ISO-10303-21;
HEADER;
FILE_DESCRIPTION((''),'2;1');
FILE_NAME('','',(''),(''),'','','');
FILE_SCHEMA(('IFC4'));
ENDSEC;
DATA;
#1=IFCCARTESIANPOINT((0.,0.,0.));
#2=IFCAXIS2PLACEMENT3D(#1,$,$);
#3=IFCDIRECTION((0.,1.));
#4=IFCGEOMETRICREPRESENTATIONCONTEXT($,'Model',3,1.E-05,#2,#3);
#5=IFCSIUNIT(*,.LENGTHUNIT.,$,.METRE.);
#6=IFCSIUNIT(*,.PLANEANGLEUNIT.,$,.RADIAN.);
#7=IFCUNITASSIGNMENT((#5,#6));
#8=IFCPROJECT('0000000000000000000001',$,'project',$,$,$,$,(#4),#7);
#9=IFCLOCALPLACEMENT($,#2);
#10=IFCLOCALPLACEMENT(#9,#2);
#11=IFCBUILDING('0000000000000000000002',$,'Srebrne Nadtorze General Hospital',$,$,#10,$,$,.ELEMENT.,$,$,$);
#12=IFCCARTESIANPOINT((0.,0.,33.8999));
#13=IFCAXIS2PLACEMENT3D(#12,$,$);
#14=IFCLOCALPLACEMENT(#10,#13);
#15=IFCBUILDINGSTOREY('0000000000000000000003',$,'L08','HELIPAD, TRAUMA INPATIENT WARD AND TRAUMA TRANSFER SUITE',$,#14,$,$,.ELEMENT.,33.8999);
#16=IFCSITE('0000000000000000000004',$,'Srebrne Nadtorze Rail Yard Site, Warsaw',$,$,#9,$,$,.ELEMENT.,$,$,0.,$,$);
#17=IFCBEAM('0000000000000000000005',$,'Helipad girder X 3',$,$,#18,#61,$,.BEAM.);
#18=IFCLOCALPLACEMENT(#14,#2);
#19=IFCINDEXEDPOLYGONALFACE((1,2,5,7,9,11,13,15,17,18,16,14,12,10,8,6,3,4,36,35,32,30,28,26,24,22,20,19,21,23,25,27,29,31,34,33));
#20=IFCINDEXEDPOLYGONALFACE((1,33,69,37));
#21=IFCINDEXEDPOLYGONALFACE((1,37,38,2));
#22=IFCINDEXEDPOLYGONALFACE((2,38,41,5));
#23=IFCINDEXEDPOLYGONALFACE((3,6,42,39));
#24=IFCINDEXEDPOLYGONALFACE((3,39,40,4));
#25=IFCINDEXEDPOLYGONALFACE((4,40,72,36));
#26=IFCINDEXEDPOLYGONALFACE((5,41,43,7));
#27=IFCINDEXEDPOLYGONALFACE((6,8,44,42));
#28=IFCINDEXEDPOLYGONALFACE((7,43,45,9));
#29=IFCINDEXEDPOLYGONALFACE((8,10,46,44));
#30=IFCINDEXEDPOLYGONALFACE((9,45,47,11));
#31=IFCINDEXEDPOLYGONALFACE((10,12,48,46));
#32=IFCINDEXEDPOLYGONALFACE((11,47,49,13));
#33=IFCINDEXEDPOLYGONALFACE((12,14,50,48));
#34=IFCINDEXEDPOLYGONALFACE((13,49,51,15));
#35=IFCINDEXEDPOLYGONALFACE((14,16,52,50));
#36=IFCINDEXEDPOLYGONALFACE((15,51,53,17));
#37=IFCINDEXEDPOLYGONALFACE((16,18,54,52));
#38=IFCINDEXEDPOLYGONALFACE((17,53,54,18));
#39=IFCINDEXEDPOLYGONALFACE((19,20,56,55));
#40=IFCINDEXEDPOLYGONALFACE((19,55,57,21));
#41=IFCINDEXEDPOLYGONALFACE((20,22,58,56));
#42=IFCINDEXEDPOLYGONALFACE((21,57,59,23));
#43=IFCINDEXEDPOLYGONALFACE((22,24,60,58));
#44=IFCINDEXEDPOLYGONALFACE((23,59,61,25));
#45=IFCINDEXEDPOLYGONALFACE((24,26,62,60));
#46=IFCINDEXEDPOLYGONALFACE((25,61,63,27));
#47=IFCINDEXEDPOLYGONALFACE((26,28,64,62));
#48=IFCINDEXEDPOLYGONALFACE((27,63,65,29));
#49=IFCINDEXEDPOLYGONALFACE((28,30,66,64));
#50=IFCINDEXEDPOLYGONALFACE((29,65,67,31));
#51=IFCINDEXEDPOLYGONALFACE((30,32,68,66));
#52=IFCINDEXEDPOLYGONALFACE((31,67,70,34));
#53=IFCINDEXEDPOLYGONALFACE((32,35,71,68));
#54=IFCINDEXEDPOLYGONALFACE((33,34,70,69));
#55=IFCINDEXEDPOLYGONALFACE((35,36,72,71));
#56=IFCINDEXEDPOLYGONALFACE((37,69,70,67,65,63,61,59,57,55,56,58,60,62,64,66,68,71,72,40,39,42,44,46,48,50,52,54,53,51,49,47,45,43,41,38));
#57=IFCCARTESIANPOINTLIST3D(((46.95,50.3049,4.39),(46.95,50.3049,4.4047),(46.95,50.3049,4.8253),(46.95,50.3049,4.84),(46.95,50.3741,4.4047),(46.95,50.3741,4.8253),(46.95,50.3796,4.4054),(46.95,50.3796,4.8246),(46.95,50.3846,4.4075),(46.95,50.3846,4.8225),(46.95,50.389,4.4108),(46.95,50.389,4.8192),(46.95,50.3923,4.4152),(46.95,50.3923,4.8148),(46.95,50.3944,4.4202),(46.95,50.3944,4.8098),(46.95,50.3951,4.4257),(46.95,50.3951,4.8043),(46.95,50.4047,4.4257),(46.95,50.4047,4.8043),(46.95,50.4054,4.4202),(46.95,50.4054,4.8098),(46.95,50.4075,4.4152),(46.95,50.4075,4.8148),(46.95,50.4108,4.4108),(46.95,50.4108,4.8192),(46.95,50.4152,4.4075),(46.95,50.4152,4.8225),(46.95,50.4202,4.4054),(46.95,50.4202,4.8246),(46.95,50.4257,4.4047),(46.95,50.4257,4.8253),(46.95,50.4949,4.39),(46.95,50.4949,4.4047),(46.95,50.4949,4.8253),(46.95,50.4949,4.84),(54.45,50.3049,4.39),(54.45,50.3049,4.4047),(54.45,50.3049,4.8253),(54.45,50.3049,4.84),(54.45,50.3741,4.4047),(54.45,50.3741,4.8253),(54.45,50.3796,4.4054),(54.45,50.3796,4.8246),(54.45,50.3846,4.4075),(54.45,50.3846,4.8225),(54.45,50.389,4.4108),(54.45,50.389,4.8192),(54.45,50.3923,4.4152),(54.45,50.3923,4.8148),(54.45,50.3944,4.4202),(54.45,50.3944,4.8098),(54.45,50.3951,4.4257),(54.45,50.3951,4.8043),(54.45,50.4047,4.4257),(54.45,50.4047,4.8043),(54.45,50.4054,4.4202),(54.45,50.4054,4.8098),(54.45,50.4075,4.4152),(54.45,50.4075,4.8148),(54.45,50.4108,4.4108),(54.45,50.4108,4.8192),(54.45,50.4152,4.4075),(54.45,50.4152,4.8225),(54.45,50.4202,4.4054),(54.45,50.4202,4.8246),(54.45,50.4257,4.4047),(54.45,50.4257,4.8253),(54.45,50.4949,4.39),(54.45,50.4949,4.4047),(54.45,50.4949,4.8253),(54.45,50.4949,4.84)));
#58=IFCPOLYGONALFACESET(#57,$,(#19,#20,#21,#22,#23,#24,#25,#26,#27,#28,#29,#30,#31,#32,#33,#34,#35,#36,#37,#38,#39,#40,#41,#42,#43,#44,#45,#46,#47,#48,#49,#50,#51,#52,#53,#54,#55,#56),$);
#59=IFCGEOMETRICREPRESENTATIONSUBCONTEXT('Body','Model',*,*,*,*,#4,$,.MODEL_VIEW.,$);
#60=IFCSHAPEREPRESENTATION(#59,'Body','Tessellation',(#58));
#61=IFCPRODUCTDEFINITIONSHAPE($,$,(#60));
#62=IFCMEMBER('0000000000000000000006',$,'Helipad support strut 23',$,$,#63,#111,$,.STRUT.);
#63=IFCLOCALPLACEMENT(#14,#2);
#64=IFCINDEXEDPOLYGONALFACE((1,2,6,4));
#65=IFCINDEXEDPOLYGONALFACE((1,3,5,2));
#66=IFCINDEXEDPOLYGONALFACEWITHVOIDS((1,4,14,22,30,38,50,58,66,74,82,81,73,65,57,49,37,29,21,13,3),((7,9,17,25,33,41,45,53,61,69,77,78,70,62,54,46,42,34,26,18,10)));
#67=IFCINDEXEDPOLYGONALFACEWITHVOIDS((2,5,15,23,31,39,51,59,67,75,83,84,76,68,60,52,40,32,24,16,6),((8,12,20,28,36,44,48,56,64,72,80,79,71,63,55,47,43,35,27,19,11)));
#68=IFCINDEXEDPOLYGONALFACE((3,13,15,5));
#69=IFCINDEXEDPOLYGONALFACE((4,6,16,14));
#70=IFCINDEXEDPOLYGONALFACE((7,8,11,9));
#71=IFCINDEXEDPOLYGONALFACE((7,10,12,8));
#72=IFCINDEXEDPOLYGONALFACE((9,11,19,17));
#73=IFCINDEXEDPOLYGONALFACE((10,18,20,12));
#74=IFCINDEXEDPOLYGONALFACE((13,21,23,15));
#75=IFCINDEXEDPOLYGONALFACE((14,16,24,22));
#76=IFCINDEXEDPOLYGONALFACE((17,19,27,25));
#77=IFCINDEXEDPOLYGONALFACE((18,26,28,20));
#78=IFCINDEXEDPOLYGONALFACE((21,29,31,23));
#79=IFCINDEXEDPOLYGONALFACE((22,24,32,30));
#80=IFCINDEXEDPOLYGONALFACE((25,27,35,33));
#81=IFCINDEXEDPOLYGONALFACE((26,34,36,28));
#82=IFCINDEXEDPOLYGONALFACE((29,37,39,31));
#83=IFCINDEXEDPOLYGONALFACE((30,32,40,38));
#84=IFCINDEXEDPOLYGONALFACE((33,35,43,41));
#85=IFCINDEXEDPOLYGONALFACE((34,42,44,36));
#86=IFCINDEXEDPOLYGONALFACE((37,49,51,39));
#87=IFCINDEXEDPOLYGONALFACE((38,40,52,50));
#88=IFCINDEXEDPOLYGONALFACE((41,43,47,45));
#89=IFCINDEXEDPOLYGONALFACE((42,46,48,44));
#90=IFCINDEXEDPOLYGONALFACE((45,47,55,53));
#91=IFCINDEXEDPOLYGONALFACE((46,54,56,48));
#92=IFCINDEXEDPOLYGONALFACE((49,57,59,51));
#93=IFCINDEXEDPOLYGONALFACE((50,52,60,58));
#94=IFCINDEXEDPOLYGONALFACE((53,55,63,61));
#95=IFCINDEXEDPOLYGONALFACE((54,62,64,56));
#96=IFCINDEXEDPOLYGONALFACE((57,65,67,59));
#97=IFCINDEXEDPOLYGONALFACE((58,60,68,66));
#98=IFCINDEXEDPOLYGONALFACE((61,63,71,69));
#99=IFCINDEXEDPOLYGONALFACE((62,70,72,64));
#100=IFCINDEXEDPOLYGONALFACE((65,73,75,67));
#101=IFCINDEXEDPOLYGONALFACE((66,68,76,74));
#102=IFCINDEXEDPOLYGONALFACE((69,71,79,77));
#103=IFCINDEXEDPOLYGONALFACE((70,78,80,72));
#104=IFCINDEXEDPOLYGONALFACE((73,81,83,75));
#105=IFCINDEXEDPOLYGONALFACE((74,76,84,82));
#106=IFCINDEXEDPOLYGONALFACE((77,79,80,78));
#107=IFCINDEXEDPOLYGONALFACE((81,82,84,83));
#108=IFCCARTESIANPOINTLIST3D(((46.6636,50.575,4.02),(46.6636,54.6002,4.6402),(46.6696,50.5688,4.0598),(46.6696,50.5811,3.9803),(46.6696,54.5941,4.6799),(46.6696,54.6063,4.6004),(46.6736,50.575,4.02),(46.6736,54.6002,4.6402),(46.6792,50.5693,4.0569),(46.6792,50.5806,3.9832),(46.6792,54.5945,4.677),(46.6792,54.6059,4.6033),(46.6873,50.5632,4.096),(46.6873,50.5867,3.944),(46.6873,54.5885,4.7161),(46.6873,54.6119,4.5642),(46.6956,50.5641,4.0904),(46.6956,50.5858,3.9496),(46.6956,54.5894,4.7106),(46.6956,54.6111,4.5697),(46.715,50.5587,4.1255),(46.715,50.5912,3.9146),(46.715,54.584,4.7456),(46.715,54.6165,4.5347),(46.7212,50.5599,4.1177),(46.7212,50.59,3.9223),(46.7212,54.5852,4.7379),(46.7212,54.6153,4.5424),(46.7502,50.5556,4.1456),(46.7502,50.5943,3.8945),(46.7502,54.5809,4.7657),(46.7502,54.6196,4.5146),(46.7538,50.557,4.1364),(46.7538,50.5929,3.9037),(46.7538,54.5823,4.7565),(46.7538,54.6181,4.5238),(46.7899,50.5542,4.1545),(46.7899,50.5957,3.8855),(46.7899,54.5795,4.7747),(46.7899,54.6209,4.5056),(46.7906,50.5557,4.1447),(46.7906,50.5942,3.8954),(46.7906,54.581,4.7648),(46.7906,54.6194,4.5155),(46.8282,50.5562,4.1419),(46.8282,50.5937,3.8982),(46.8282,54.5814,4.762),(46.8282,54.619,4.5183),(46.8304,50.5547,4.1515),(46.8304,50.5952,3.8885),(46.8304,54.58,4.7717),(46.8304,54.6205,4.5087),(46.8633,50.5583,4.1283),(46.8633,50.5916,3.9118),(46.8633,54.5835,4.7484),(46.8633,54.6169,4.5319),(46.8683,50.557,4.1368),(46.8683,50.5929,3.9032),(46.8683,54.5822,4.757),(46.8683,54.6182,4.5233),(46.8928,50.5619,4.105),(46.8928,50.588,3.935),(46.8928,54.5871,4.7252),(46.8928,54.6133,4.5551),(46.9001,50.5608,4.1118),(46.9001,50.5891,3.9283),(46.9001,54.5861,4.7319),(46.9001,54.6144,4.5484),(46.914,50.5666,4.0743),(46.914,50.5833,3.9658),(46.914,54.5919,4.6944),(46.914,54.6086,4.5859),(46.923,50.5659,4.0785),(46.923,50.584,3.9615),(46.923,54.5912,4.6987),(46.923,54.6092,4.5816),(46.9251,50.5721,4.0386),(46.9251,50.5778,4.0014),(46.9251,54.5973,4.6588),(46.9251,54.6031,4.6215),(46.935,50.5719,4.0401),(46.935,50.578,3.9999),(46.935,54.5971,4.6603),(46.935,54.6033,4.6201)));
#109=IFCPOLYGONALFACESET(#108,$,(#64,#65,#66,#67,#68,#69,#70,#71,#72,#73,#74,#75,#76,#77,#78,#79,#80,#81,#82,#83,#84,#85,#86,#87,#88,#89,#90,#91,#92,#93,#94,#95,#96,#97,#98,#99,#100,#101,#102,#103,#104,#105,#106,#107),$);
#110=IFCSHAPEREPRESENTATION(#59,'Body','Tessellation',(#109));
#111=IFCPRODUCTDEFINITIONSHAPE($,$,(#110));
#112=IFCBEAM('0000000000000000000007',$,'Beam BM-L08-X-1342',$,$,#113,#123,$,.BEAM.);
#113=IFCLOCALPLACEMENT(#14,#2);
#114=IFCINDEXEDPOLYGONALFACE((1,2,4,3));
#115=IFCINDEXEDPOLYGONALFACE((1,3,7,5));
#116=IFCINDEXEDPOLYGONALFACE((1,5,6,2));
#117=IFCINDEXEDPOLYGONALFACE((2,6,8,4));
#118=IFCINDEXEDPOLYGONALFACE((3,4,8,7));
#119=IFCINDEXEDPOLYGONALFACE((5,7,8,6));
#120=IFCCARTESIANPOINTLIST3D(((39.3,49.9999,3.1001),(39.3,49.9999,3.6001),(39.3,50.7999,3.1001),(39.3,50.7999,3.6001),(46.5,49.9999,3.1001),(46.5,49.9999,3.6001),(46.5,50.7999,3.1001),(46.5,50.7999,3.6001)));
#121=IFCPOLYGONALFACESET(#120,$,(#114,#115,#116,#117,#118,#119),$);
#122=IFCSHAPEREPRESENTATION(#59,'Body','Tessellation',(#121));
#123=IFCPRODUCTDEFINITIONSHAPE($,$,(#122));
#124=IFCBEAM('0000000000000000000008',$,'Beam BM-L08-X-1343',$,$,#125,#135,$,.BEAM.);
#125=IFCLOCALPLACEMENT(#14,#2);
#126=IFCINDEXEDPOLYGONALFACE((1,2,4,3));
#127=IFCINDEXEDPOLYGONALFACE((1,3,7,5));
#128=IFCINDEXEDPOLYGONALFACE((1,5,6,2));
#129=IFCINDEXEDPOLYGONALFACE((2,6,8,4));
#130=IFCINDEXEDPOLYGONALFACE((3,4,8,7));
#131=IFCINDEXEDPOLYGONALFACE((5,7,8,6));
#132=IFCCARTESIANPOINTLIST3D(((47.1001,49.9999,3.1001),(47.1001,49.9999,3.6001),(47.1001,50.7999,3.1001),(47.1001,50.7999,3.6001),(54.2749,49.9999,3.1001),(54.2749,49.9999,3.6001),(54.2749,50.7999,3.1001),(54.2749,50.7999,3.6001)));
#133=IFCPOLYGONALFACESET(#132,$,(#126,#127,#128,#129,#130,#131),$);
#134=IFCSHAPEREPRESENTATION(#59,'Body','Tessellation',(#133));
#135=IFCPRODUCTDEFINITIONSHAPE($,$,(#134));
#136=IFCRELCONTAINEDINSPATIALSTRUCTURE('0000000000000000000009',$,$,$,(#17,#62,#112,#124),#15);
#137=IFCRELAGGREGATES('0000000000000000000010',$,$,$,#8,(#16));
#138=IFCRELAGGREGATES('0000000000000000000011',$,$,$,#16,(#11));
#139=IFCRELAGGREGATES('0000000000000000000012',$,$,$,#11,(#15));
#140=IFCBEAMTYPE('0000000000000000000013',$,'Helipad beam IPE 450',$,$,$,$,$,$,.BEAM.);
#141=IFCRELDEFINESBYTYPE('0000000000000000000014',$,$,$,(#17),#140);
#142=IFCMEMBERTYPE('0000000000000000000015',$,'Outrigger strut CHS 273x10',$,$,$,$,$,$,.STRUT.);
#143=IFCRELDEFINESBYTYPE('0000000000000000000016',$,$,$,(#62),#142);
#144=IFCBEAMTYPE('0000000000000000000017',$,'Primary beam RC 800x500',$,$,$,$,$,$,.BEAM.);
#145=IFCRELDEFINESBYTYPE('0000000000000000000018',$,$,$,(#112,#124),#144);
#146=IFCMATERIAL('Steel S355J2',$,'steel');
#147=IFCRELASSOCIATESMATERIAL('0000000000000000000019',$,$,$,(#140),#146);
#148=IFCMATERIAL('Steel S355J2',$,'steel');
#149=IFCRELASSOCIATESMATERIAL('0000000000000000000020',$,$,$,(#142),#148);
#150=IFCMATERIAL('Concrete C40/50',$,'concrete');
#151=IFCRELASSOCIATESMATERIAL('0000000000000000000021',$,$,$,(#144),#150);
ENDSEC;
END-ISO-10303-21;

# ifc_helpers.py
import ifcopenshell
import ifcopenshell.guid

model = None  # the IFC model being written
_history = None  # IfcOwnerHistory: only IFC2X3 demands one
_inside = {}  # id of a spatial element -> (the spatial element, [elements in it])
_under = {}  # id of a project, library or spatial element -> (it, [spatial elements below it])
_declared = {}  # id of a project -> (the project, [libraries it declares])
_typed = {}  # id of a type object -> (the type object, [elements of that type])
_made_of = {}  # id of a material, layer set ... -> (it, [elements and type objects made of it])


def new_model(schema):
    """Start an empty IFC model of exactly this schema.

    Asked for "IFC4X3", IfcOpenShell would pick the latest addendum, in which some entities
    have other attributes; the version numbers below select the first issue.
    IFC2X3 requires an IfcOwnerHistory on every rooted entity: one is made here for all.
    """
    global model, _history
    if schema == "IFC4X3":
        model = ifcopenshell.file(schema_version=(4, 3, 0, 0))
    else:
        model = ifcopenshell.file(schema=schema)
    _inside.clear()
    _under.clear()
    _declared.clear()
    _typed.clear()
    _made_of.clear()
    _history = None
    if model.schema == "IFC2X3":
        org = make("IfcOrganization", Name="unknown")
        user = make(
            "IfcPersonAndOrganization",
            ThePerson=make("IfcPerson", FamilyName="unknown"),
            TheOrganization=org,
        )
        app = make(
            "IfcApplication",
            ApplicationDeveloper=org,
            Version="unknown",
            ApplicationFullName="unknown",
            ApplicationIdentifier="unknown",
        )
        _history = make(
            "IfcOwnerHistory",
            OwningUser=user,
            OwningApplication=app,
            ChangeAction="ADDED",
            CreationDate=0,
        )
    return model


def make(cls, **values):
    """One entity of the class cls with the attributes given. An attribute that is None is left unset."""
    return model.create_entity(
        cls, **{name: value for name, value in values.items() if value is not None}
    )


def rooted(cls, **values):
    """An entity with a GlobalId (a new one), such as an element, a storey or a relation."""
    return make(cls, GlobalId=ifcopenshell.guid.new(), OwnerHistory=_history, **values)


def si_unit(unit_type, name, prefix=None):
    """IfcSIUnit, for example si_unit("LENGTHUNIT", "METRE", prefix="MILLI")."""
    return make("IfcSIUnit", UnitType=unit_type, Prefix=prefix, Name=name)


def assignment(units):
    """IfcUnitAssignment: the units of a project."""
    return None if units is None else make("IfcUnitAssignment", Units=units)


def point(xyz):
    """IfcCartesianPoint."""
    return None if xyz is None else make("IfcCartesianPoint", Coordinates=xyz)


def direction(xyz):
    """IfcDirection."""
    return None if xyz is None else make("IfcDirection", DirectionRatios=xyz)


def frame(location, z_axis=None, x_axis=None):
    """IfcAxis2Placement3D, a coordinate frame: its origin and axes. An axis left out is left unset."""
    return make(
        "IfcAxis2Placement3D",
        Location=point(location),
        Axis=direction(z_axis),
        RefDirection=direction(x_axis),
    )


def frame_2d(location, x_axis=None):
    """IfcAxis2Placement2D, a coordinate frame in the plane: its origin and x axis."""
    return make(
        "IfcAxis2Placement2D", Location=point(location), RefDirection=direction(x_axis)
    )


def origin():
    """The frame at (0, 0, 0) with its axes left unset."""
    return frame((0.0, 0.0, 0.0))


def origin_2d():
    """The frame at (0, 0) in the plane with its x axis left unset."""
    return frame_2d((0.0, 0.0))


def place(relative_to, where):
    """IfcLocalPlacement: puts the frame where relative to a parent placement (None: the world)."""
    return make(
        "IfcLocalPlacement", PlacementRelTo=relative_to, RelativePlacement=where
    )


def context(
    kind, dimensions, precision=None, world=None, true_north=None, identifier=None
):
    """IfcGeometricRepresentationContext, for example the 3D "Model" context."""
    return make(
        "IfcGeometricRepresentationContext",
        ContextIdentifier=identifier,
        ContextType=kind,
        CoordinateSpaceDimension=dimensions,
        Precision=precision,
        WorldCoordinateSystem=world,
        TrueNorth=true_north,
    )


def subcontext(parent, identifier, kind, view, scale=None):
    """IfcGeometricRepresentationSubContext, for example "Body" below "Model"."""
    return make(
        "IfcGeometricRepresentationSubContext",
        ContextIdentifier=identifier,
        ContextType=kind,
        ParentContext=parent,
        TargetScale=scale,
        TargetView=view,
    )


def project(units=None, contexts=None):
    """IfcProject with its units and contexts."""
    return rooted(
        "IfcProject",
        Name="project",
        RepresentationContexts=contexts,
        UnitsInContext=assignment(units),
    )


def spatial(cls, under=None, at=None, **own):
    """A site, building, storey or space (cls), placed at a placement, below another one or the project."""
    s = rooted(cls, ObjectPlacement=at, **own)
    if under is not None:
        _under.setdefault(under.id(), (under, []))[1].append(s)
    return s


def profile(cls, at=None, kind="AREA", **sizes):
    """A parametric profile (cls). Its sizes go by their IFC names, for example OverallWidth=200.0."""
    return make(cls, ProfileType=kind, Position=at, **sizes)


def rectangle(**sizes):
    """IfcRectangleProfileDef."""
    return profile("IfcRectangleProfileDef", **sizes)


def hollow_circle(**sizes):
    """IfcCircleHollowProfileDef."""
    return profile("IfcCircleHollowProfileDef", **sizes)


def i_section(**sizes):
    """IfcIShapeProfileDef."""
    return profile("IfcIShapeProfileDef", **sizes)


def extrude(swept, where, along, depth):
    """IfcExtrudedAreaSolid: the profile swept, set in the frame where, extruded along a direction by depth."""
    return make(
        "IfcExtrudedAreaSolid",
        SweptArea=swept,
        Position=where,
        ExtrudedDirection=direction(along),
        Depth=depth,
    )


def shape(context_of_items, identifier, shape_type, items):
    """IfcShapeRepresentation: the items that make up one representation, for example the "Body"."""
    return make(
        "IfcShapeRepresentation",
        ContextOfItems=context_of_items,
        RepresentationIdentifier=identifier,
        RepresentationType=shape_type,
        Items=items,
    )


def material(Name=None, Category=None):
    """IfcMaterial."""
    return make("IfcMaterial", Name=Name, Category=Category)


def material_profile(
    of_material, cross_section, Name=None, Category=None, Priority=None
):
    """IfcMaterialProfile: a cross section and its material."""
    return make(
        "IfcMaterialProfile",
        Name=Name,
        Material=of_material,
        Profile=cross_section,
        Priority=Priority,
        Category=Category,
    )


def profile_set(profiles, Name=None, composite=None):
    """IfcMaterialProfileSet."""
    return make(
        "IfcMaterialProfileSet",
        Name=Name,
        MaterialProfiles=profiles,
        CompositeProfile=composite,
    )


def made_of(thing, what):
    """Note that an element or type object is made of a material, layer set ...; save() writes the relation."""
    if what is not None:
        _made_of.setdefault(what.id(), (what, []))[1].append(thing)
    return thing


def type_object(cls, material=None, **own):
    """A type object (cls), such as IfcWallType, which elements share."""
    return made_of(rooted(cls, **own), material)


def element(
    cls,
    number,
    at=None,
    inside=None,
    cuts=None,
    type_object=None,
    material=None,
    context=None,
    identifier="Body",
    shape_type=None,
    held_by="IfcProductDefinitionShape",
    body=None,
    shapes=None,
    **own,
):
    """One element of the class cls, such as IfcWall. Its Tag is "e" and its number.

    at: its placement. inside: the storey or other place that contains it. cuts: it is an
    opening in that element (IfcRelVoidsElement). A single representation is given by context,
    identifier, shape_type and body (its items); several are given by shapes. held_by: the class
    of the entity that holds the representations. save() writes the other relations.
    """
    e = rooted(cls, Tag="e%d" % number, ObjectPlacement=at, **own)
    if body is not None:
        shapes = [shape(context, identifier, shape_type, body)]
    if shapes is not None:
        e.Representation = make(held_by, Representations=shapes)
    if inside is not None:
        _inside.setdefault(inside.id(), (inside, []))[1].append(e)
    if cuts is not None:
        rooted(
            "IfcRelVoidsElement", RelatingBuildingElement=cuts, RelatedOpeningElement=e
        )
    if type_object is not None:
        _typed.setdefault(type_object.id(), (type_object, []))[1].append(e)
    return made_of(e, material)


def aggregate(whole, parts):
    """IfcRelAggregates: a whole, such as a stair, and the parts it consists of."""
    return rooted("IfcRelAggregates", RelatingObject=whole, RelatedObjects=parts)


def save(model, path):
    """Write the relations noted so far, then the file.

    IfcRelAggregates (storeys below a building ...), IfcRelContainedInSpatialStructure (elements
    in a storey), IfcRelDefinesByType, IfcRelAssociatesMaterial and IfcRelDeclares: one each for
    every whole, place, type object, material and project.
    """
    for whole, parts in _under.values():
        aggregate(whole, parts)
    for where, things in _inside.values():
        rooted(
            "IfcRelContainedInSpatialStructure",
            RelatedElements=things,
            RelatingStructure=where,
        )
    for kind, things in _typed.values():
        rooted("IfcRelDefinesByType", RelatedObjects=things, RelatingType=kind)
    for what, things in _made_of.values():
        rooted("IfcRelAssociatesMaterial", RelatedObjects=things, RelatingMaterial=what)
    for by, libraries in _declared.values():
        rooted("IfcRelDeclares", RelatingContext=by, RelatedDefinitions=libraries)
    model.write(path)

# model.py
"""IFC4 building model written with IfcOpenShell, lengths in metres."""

from ifc_helpers import new_model, si_unit, direction, frame, origin, origin_2d, place, context, subcontext, project, spatial, rectangle, hollow_circle, i_section, extrude, material, material_profile, profile_set, type_object, element, save


model = new_model("IFC4")

# Units and contexts
model_context = context("Model", 3, precision=1e-05, world=origin(), true_north=direction((0.0, 1.0)))
body_context = subcontext(model_context, "Body", "Model", "MODEL_VIEW")
ifc_project = project(units=[si_unit("LENGTHUNIT", "METRE"), si_unit("PLANEANGLEUNIT", "RADIAN")], contexts=[model_context])

# Site, building, storey
site_placement = place(None, origin())
site = spatial("IfcSite", under=ifc_project, at=site_placement, Name="Srebrne Nadtorze Rail Yard Site, Warsaw", CompositionType="ELEMENT", RefElevation=0.0)
building_placement = place(site_placement, origin())
building = spatial("IfcBuilding", under=site, at=building_placement, Name="Srebrne Nadtorze General Hospital", CompositionType="ELEMENT")
storey_placement = place(building_placement, frame((0.0, 0.0, 33.8999)))
storey = spatial("IfcBuildingStorey", under=building, at=storey_placement, Name="L08", Description="HELIPAD, TRAUMA INPATIENT WARD AND TRAUMA TRANSFER SUITE", CompositionType="ELEMENT", Elevation=33.8999)

# Beam
ifc_material_1 = material(Name="Steel S355J2", Category="steel")
ifc_material_profile_1 = material_profile(ifc_material_1, i_section(OverallWidth=0.1899, OverallDepth=0.45, WebThickness=0.0095, FlangeThickness=0.0146, FilletRadius=0.021, at=origin_2d()), Name="IPE-450")
ifc_profile_set_1 = profile_set([ifc_material_profile_1], Name="Steel S355J2")
beam_type_1 = type_object("IfcBeamType", Name="Helipad beam IPE 450", PredefinedType="BEAM", material=ifc_profile_set_1)
for number, where, z_axis, x_axis, name in (
    (1, (46.95, 50.3999, 4.615), (1.0, 0.0, 0.0), (0.0, 1.0, 0.0), "Helipad girder X 3"),
):
    element("IfcBeam", number, at=place(storey_placement, frame(where, z_axis=z_axis, x_axis=x_axis)), inside=storey, type_object=beam_type_1, Name=name, PredefinedType="BEAM", context=body_context, shape_type="SweptSolid", body=[
        extrude(i_section(OverallWidth=0.1899, OverallDepth=0.45, WebThickness=0.0095, FlangeThickness=0.0146, FilletRadius=0.021, at=origin_2d()), origin(), (0.0, 0.0, 1.0), 7.5),
    ])

# Member
ifc_material_2 = material(Name="Steel S355J2", Category="steel")
ifc_material_profile_2 = material_profile(ifc_material_2, hollow_circle(Radius=0.1365, WallThickness=0.01, at=origin_2d()), Name="CHS-273x10")
ifc_profile_set_2 = profile_set([ifc_material_profile_2], Name="Steel S355J2")
member_type_1 = type_object("IfcMemberType", Name="Outrigger strut CHS 273x10", PredefinedType="STRUT", material=ifc_profile_set_2)
member_1_placement = place(storey_placement, frame((46.8, 50.575, 4.02), z_axis=(0.0, 0.98834, 0.152264), x_axis=(-1.0, 0.0, 0.0)))
element("IfcMember", 2, at=member_1_placement, inside=storey, type_object=member_type_1, Name="Helipad support strut 23", PredefinedType="STRUT", context=body_context, shape_type="SweptSolid", body=[
    extrude(hollow_circle(Radius=0.1365, WallThickness=0.01, at=origin_2d()), origin(), (0.0, 0.0, 1.0), 4.0728),
])

# Beams
ifc_material_3 = material(Name="Concrete C40/50", Category="concrete")
ifc_material_profile_3 = material_profile(ifc_material_3, rectangle(XDim=0.8, YDim=0.5, at=origin_2d()), Name="RC-BM-800x500")
ifc_profile_set_3 = profile_set([ifc_material_profile_3], Name="Concrete C40/50")
beam_type_2 = type_object("IfcBeamType", Name="Primary beam RC 800x500", PredefinedType="BEAM", material=ifc_profile_set_3)
beam_1_placement = place(storey_placement, frame((39.3, 50.3999, 3.3501), z_axis=(1.0, 0.0, 0.0), x_axis=(0.0, 1.0, 0.0)))
element("IfcBeam", 3, at=beam_1_placement, inside=storey, type_object=beam_type_2, Name="Beam BM-L08-X-1342", PredefinedType="BEAM", context=body_context, shape_type="SweptSolid", body=[
    extrude(rectangle(XDim=0.8, YDim=0.5, at=origin_2d()), origin(), (0.0, 0.0, 1.0), 7.2),
])
beam_2_placement = place(storey_placement, frame((47.1001, 50.3999, 3.3501), z_axis=(1.0, 0.0, 0.0), x_axis=(0.0, 1.0, 0.0)))
element("IfcBeam", 4, at=beam_2_placement, inside=storey, type_object=beam_type_2, Name="Beam BM-L08-X-1343", PredefinedType="BEAM", context=body_context, shape_type="SweptSolid", body=[
    extrude(rectangle(XDim=0.8, YDim=0.5, at=origin_2d()), origin(), (0.0, 0.0, 1.0), 7.1748),
])

save(model, "model.ifc")
